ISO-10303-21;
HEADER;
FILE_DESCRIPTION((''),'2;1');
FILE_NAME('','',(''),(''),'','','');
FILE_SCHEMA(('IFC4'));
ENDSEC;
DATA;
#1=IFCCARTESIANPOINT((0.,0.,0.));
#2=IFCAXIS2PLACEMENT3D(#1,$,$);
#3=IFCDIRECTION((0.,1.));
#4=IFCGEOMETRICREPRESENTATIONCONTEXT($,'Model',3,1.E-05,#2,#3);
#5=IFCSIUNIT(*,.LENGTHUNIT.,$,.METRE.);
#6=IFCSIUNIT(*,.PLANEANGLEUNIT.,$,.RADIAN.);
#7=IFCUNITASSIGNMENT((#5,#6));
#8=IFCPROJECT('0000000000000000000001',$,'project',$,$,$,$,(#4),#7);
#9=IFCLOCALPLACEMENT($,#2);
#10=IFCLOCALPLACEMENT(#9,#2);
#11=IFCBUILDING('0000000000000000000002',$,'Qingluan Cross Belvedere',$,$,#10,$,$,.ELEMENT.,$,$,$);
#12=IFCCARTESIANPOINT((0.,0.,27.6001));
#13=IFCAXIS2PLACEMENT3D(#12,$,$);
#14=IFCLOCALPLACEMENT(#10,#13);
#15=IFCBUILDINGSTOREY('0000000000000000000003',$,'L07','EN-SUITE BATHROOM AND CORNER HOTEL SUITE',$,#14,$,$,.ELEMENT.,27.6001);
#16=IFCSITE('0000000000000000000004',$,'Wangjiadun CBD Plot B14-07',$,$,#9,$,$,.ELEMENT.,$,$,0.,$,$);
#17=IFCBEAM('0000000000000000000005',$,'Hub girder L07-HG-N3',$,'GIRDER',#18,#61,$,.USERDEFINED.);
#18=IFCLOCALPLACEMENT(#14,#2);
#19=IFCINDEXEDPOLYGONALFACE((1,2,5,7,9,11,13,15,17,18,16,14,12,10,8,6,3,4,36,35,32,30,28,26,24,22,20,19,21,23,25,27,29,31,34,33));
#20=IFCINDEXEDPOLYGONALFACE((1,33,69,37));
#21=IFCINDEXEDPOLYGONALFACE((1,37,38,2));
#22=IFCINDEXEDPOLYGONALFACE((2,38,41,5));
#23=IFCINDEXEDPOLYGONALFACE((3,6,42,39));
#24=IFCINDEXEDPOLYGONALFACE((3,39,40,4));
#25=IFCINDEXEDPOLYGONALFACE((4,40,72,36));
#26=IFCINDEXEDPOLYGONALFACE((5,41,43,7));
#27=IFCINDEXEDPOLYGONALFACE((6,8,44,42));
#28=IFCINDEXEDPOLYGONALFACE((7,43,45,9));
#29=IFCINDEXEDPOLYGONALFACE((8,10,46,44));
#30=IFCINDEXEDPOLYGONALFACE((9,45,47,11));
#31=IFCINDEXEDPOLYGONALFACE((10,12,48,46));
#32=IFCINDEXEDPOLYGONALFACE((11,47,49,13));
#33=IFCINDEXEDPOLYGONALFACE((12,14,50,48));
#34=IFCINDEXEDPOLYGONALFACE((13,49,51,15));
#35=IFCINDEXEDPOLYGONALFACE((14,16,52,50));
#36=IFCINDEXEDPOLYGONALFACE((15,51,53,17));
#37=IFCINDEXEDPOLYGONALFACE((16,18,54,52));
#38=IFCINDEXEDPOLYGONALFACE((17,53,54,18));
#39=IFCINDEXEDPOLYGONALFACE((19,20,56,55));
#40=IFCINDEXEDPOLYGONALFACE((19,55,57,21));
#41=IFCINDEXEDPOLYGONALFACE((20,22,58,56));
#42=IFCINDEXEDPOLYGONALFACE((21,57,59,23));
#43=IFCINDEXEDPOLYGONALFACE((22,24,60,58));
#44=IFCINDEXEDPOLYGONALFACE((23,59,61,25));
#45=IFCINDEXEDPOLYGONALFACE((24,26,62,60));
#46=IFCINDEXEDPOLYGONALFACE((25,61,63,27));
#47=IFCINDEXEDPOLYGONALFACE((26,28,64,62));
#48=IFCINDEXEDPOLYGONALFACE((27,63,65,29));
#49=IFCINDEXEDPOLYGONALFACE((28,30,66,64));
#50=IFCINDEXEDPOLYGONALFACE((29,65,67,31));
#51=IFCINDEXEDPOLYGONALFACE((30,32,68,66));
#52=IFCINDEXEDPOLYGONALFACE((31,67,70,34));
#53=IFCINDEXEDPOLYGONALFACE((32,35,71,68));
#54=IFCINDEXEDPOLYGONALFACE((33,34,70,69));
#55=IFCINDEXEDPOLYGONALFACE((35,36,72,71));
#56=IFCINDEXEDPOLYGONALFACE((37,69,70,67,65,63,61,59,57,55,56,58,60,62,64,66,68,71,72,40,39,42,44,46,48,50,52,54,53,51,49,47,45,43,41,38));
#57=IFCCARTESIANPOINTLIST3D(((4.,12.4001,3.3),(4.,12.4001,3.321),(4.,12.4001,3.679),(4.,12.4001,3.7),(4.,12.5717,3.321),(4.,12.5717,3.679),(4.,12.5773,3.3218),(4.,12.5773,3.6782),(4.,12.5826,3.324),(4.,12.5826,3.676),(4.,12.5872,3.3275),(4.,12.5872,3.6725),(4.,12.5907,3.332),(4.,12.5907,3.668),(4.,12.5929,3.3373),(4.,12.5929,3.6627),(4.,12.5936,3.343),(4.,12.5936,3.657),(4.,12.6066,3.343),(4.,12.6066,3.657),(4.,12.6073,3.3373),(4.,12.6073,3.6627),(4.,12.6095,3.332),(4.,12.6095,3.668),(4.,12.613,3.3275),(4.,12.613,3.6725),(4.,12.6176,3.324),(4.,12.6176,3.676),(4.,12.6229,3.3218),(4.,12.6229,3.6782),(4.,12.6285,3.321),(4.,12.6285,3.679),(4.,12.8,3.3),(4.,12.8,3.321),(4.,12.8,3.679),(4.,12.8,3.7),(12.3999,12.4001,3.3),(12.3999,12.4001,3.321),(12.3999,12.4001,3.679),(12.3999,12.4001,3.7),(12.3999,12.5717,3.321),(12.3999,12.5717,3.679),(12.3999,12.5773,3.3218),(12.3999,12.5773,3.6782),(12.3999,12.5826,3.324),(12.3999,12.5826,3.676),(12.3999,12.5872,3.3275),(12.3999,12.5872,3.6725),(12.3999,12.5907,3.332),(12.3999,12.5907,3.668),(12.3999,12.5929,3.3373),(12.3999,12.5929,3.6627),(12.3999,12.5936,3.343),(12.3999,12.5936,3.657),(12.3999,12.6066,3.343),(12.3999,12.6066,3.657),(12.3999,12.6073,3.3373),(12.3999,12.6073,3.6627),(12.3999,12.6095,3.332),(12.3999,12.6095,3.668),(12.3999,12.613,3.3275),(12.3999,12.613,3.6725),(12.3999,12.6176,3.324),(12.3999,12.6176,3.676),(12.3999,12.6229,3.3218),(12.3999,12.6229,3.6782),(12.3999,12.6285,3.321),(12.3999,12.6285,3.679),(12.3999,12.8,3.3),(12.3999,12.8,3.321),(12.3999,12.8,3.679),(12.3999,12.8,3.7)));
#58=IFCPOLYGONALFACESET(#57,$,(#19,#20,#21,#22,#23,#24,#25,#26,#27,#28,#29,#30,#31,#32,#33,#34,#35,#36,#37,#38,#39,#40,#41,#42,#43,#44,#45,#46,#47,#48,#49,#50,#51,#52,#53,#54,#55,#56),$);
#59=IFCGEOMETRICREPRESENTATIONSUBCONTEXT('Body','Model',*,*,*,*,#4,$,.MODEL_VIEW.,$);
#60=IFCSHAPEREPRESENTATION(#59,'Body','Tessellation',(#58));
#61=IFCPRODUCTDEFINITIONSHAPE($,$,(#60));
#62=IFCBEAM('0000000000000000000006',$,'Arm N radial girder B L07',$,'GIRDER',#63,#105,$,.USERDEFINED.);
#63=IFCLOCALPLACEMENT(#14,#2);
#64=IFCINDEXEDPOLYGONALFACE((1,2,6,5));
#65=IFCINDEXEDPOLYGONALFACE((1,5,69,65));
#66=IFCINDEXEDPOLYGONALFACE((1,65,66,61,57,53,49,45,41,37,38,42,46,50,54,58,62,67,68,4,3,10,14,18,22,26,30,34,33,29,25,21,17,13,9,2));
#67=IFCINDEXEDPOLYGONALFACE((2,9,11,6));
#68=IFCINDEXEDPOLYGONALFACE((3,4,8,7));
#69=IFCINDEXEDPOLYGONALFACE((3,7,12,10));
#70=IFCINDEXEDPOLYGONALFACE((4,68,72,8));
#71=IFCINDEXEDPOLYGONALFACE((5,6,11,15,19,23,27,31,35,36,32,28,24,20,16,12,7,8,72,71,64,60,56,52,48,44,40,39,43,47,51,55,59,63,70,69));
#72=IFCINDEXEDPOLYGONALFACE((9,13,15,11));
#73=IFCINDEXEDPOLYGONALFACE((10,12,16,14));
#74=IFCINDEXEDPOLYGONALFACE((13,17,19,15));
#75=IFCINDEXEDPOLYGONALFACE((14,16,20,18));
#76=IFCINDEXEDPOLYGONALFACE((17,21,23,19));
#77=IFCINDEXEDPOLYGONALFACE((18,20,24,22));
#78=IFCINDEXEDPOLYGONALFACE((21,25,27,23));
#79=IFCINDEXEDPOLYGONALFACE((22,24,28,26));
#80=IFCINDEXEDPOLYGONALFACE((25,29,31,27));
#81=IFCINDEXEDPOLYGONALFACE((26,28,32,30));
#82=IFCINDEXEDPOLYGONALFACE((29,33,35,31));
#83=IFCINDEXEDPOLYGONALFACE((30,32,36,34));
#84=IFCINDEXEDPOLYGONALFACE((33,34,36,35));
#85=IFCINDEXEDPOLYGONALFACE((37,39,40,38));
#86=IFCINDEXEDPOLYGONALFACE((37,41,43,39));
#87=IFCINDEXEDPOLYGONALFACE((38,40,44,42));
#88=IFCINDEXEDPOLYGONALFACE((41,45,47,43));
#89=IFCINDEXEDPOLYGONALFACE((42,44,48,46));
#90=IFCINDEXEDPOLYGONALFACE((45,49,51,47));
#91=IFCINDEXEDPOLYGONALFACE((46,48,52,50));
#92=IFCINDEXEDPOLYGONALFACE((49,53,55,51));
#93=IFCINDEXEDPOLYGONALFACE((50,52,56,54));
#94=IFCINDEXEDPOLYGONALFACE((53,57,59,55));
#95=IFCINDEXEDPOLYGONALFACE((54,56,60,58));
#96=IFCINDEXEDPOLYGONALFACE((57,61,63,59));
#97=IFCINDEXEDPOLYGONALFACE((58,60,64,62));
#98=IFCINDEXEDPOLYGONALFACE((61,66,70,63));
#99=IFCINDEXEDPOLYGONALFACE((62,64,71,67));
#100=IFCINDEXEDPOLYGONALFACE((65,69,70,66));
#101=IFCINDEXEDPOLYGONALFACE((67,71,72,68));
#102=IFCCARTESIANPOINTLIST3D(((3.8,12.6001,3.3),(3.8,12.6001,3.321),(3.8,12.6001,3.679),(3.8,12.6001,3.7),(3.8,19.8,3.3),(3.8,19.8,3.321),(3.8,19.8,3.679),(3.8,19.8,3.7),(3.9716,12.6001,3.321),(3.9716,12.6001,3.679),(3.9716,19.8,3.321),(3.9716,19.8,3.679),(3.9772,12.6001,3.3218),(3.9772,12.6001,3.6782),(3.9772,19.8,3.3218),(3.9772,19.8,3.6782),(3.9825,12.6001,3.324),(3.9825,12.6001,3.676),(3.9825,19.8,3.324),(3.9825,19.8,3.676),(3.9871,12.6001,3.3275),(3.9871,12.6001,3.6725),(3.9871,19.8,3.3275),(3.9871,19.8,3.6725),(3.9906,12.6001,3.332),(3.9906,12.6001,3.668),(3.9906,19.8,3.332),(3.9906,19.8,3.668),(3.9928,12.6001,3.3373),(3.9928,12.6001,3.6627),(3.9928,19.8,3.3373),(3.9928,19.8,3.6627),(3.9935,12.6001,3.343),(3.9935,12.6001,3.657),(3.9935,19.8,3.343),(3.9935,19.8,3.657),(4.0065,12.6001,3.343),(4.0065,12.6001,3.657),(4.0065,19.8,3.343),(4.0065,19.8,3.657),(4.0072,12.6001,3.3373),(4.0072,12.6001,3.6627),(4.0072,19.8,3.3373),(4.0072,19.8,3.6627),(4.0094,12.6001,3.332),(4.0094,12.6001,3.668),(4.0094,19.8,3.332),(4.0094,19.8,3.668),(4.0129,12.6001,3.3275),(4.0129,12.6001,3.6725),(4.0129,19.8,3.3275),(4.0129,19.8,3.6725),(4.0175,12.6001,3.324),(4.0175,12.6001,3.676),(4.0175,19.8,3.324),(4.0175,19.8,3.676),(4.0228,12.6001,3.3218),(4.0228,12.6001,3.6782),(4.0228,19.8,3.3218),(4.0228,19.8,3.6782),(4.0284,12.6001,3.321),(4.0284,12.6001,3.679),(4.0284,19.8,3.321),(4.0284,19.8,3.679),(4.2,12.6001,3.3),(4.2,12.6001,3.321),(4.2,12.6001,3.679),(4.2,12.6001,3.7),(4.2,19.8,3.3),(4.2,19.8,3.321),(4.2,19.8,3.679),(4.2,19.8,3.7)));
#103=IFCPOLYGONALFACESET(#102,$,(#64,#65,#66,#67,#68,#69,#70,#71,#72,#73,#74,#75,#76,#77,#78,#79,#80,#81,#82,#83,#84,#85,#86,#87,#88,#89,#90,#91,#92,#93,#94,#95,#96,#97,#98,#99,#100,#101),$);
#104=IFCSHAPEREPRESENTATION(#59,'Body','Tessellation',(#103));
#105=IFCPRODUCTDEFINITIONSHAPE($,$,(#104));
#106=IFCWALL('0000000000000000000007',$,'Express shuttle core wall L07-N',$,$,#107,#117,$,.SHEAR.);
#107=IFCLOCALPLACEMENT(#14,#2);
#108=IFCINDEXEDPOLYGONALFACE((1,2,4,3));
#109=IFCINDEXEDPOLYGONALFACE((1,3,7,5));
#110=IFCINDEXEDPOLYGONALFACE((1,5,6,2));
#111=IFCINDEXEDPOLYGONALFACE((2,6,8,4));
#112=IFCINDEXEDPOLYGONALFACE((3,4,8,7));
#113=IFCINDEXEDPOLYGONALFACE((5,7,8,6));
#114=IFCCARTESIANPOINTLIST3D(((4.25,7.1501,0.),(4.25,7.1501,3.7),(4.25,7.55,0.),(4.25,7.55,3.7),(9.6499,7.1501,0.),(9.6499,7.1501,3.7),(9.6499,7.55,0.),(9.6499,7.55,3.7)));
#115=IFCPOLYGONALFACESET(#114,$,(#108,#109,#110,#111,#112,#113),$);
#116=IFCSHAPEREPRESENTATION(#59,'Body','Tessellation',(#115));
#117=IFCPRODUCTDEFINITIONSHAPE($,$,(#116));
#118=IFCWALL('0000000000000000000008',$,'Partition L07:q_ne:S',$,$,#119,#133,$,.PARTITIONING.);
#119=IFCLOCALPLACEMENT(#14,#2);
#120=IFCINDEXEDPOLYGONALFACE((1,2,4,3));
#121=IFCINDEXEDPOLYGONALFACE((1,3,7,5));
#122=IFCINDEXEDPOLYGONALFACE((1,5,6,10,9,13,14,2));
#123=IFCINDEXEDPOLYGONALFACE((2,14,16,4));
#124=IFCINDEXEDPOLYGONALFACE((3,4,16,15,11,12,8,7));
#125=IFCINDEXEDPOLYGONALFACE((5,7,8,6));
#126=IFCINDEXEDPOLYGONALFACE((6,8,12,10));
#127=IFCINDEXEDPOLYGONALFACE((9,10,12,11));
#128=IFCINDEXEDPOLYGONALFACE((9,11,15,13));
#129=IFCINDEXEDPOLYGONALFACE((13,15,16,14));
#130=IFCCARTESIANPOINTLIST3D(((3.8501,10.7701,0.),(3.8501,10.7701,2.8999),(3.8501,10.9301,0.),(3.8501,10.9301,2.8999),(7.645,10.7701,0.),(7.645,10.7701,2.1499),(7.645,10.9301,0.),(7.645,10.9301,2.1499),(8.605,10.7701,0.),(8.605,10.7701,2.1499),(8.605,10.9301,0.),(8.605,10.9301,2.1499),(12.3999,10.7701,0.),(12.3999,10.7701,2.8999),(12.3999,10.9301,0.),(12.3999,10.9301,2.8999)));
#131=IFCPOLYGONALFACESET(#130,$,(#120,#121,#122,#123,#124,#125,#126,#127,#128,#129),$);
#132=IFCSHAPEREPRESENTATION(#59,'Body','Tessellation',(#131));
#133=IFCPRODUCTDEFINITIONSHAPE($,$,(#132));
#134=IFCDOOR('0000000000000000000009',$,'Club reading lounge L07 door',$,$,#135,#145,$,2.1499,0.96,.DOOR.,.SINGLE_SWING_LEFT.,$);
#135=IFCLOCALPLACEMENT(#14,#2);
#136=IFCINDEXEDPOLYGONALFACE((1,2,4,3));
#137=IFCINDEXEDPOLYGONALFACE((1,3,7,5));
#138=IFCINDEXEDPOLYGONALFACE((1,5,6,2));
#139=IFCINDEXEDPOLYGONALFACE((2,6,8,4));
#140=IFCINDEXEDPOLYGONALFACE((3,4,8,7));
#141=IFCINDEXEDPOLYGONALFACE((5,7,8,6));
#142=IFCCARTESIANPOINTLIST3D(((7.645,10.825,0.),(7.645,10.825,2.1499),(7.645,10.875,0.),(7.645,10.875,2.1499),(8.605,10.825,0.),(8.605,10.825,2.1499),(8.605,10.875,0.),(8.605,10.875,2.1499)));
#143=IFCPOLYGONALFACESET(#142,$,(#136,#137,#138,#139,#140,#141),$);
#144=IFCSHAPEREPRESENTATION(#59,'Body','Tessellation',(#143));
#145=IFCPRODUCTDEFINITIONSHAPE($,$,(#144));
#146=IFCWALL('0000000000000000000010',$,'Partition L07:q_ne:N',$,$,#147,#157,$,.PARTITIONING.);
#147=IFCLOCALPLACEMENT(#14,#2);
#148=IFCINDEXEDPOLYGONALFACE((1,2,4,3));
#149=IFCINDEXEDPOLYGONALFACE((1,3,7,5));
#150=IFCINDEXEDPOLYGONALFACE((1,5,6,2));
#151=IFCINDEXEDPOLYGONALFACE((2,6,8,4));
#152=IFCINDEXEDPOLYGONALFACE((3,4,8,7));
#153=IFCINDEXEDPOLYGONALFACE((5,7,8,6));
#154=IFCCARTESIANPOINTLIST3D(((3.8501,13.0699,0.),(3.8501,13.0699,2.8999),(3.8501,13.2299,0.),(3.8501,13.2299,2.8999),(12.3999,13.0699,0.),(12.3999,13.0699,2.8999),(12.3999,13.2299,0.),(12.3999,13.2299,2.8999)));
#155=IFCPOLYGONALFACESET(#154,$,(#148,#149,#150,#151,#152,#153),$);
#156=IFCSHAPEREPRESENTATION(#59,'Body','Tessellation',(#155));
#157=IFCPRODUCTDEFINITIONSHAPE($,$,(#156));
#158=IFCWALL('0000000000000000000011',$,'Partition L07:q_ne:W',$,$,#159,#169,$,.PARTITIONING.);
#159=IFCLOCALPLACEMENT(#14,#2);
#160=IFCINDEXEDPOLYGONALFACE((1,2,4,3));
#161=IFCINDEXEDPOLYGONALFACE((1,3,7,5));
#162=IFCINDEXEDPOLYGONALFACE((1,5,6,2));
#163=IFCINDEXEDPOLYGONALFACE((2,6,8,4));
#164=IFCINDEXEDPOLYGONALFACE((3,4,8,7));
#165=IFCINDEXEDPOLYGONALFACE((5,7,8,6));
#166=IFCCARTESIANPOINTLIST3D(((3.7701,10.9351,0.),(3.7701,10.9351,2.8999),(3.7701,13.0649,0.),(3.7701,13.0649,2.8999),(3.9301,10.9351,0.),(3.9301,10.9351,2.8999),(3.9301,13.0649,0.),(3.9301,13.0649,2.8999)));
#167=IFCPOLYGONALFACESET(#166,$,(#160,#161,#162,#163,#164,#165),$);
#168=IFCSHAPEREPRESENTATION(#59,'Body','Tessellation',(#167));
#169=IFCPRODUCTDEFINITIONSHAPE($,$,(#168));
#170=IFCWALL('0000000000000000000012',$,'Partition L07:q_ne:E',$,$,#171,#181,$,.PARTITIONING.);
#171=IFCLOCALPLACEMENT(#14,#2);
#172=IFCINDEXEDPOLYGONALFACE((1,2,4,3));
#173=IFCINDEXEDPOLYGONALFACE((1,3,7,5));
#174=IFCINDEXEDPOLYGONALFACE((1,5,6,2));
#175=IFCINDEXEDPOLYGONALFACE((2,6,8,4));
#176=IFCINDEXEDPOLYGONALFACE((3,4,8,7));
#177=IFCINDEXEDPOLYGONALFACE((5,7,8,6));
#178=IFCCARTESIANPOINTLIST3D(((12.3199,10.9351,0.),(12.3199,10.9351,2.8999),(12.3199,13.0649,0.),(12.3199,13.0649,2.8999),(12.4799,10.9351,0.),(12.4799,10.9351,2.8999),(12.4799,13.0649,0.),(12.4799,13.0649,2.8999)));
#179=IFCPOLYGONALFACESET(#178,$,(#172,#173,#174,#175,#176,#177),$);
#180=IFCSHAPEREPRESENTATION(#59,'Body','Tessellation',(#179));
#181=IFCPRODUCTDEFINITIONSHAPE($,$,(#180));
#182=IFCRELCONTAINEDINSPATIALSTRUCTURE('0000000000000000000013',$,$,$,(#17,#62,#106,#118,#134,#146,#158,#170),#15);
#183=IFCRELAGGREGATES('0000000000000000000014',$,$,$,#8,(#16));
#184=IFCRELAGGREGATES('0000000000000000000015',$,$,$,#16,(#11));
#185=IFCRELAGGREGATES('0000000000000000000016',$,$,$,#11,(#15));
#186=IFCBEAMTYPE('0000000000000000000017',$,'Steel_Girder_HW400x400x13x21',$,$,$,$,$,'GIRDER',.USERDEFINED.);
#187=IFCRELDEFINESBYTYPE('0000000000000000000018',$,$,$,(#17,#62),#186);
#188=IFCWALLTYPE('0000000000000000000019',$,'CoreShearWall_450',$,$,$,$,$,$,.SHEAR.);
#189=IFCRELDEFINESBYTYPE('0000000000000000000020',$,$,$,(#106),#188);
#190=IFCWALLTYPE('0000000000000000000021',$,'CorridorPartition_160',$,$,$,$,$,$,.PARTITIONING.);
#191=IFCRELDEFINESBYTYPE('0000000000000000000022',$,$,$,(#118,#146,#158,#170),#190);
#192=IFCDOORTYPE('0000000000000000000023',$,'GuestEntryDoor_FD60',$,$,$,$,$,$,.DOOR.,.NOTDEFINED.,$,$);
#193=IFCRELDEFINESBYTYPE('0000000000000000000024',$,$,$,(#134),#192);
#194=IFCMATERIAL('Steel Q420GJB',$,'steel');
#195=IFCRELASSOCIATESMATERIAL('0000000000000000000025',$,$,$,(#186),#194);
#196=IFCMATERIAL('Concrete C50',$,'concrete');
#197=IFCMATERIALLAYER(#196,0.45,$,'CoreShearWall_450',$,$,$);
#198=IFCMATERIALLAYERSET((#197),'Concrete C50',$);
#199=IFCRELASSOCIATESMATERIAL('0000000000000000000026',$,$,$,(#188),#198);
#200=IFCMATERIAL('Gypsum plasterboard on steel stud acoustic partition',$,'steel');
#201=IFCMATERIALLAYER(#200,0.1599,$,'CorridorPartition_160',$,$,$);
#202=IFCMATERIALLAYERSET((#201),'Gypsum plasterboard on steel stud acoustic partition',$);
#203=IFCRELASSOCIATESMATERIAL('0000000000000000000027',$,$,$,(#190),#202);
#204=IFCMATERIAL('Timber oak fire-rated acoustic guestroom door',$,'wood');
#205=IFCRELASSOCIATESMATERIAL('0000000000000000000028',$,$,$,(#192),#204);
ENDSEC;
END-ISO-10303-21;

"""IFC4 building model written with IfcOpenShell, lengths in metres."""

from ifc_helpers import new_model, si_unit, direction, frame, frame_2d, origin, origin_2d, place, context, subcontext, project, spatial, rectangle, i_section, extrude, material, layer, layer_set, material_profile, profile_set, type_object, element, fill, save


model = new_model("IFC4")

# Units and contexts
model_context = context("Model", 3, precision=1e-05, world=origin(), true_north=direction((0.0, 1.0)))
body_context = subcontext(model_context, "Body", "Model", "MODEL_VIEW")
ifc_project = project(units=[si_unit("LENGTHUNIT", "METRE"), si_unit("PLANEANGLEUNIT", "RADIAN")], contexts=[model_context])

# Site, building, storey
site_placement = place(None, origin())
site = spatial("IfcSite", under=ifc_project, at=site_placement, Name="Wangjiadun CBD Plot B14-07", CompositionType="ELEMENT", RefElevation=0.0)
building_placement = place(site_placement, origin())
building = spatial("IfcBuilding", under=site, at=building_placement, Name="Qingluan Cross Belvedere", CompositionType="ELEMENT")
storey_placement = place(building_placement, frame((0.0, 0.0, 27.6001)))
storey = spatial("IfcBuildingStorey", under=building, at=storey_placement, Name="L07", Description="EN-SUITE BATHROOM AND CORNER HOTEL SUITE", CompositionType="ELEMENT", Elevation=27.6001)

# Beams
ifc_material_1 = material(Name="Steel Q420GJB", Category="steel")
ifc_material_profile_1 = material_profile(ifc_material_1, i_section(OverallWidth=0.3999, OverallDepth=0.3999, WebThickness=0.0129, FlangeThickness=0.021, FilletRadius=0.022, at=origin_2d()), Name="HW400x400x13x21")
ifc_profile_set_1 = profile_set([ifc_material_profile_1], Name="Steel Q420GJB")
beam_type_1 = type_object("IfcBeamType", Name="Steel_Girder_HW400x400x13x21", ElementType="GIRDER", PredefinedType="USERDEFINED", material=ifc_profile_set_1)
beam_1_placement = place(storey_placement, frame((4.0, 12.6001, 3.5), z_axis=(1.0, 0.0, 0.0), x_axis=(0.0, 1.0, 0.0)))
element("IfcBeam", 1, at=beam_1_placement, inside=storey, type_object=beam_type_1, Name="Hub girder L07-HG-N3", ObjectType="GIRDER", PredefinedType="USERDEFINED", context=body_context, shape_type="SweptSolid", body=[
    extrude(i_section(OverallWidth=0.3999, OverallDepth=0.3999, WebThickness=0.0129, FlangeThickness=0.021, FilletRadius=0.022, at=origin_2d()), origin(), (0.0, 0.0, 1.0), 8.3999),
])
beam_2_placement = place(storey_placement, frame((4.0, 12.6001, 3.5), z_axis=(0.0, 1.0, 0.0), x_axis=(-1.0, 0.0, 0.0)))
element("IfcBeam", 2, at=beam_2_placement, inside=storey, type_object=beam_type_1, Name="Arm N radial girder B L07", ObjectType="GIRDER", PredefinedType="USERDEFINED", context=body_context, shape_type="SweptSolid", body=[
    extrude(i_section(OverallWidth=0.3999, OverallDepth=0.3999, WebThickness=0.0129, FlangeThickness=0.021, FilletRadius=0.022, at=origin_2d()), origin(), (0.0, 0.0, 1.0), 7.2),
])

# Wall
ifc_material_2 = material(Name="Concrete C50", Category="concrete")
ifc_layer_1 = layer(ifc_material_2, 0.45, Name="CoreShearWall_450")
ifc_layer_set_1 = layer_set([ifc_layer_1], Name="Concrete C50")
wall_type_1 = type_object("IfcWallType", Name="CoreShearWall_450", PredefinedType="SHEAR", material=ifc_layer_set_1)
wall_1_placement = place(storey_placement, frame((4.25, 7.3501, 0.0), z_axis=(0.0, 0.0, 1.0), x_axis=(1.0, 0.0, 0.0)))
element("IfcWall", 3, at=wall_1_placement, inside=storey, type_object=wall_type_1, Name="Express shuttle core wall L07-N", PredefinedType="SHEAR", context=body_context, shape_type="SweptSolid", body=[
    extrude(rectangle(XDim=5.3999, YDim=0.3999, at=frame_2d((2.7, 0.0))), origin(), (0.0, 0.0, 1.0), 3.7),
])

# Wall, opening, door
ifc_material_3 = material(Name="Gypsum plasterboard on steel stud acoustic partition", Category="steel")
ifc_layer_2 = layer(ifc_material_3, 0.1599, Name="CorridorPartition_160")
ifc_layer_set_2 = layer_set([ifc_layer_2], Name="Gypsum plasterboard on steel stud acoustic partition")
wall_type_2 = type_object("IfcWallType", Name="CorridorPartition_160", PredefinedType="PARTITIONING", material=ifc_layer_set_2)
wall_2_placement = place(storey_placement, frame((3.8501, 10.8501, 0.0), z_axis=(0.0, 0.0, 1.0), x_axis=(1.0, 0.0, 0.0)))
wall_2 = element("IfcWall", 4, at=wall_2_placement, inside=storey, type_object=wall_type_2, Name="Partition L07:q_ne:S", PredefinedType="PARTITIONING", context=body_context, shape_type="SweptSolid", body=[
    extrude(rectangle(XDim=8.5498, YDim=0.1599, at=frame_2d((4.2749, 0.0))), origin(), (0.0, 0.0, 1.0), 2.8999),
])
opening_1_placement = place(wall_2_placement, frame((3.7949, 0.0, 0.0)))
opening_1 = element("IfcOpeningElement", 5, at=opening_1_placement, cuts=wall_2, PredefinedType="OPENING", context=body_context, shape_type="SweptSolid", body=[
    extrude(rectangle(XDim=0.96, YDim=2.1499, at=frame_2d((0.48, 1.075))), frame((0.0, 0.0898, 0.0), z_axis=(0.0, -1.0, 0.0), x_axis=(1.0, 0.0, 0.0)), (0.0, 0.0, 1.0), 0.1799),
])
ifc_material_4 = material(Name="Timber oak fire-rated acoustic guestroom door", Category="wood")
door_type = type_object("IfcDoorType", Name="GuestEntryDoor_FD60", OperationType="NOTDEFINED", PredefinedType="DOOR", material=ifc_material_4)
door_1_placement = place(opening_1_placement, origin())
door_1 = element("IfcDoor", 6, at=door_1_placement, inside=storey, type_object=door_type, Name="Club reading lounge L07 door", OperationType="SINGLE_SWING_LEFT", OverallHeight=2.1499, OverallWidth=0.96, PredefinedType="DOOR", context=body_context, shape_type="SweptSolid", body=[
    extrude(rectangle(XDim=0.96, YDim=2.1499, at=frame_2d((0.48, 1.075))), frame((0.0, 0.0249, 0.0), z_axis=(0.0, -1.0, 0.0), x_axis=(1.0, 0.0, 0.0)), (0.0, 0.0, 1.0), 0.05),
])
fill(opening_1, door_1)

# Walls
wall_3_placement = place(storey_placement, frame((3.8501, 13.1499, 0.0), z_axis=(0.0, 0.0, 1.0), x_axis=(1.0, 0.0, 0.0)))
element("IfcWall", 7, at=wall_3_placement, inside=storey, type_object=wall_type_2, Name="Partition L07:q_ne:N", PredefinedType="PARTITIONING", context=body_context, shape_type="SweptSolid", body=[
    extrude(rectangle(XDim=8.5498, YDim=0.1599, at=frame_2d((4.2749, 0.0))), origin(), (0.0, 0.0, 1.0), 2.8999),
])
for number, where, z_axis, x_axis, name in (
    (8, (3.8501, 10.9351, 0.0), (0.0, 0.0, 1.0), (0.0, 1.0, 0.0), "Partition L07:q_ne:W"),
    (9, (12.3999, 10.9351, 0.0), (0.0, 0.0, 1.0), (0.0, 1.0, 0.0), "Partition L07:q_ne:E"),
):
    element("IfcWall", number, at=place(storey_placement, frame(where, z_axis=z_axis, x_axis=x_axis)), inside=storey, type_object=wall_type_2, Name=name, PredefinedType="PARTITIONING", context=body_context, shape_type="SweptSolid", body=[
        extrude(rectangle(XDim=2.1299, YDim=0.1599, at=frame_2d((1.0649, 0.0))), origin(), (0.0, 0.0, 1.0), 2.8999),
    ])

save(model, "model.ifc")
